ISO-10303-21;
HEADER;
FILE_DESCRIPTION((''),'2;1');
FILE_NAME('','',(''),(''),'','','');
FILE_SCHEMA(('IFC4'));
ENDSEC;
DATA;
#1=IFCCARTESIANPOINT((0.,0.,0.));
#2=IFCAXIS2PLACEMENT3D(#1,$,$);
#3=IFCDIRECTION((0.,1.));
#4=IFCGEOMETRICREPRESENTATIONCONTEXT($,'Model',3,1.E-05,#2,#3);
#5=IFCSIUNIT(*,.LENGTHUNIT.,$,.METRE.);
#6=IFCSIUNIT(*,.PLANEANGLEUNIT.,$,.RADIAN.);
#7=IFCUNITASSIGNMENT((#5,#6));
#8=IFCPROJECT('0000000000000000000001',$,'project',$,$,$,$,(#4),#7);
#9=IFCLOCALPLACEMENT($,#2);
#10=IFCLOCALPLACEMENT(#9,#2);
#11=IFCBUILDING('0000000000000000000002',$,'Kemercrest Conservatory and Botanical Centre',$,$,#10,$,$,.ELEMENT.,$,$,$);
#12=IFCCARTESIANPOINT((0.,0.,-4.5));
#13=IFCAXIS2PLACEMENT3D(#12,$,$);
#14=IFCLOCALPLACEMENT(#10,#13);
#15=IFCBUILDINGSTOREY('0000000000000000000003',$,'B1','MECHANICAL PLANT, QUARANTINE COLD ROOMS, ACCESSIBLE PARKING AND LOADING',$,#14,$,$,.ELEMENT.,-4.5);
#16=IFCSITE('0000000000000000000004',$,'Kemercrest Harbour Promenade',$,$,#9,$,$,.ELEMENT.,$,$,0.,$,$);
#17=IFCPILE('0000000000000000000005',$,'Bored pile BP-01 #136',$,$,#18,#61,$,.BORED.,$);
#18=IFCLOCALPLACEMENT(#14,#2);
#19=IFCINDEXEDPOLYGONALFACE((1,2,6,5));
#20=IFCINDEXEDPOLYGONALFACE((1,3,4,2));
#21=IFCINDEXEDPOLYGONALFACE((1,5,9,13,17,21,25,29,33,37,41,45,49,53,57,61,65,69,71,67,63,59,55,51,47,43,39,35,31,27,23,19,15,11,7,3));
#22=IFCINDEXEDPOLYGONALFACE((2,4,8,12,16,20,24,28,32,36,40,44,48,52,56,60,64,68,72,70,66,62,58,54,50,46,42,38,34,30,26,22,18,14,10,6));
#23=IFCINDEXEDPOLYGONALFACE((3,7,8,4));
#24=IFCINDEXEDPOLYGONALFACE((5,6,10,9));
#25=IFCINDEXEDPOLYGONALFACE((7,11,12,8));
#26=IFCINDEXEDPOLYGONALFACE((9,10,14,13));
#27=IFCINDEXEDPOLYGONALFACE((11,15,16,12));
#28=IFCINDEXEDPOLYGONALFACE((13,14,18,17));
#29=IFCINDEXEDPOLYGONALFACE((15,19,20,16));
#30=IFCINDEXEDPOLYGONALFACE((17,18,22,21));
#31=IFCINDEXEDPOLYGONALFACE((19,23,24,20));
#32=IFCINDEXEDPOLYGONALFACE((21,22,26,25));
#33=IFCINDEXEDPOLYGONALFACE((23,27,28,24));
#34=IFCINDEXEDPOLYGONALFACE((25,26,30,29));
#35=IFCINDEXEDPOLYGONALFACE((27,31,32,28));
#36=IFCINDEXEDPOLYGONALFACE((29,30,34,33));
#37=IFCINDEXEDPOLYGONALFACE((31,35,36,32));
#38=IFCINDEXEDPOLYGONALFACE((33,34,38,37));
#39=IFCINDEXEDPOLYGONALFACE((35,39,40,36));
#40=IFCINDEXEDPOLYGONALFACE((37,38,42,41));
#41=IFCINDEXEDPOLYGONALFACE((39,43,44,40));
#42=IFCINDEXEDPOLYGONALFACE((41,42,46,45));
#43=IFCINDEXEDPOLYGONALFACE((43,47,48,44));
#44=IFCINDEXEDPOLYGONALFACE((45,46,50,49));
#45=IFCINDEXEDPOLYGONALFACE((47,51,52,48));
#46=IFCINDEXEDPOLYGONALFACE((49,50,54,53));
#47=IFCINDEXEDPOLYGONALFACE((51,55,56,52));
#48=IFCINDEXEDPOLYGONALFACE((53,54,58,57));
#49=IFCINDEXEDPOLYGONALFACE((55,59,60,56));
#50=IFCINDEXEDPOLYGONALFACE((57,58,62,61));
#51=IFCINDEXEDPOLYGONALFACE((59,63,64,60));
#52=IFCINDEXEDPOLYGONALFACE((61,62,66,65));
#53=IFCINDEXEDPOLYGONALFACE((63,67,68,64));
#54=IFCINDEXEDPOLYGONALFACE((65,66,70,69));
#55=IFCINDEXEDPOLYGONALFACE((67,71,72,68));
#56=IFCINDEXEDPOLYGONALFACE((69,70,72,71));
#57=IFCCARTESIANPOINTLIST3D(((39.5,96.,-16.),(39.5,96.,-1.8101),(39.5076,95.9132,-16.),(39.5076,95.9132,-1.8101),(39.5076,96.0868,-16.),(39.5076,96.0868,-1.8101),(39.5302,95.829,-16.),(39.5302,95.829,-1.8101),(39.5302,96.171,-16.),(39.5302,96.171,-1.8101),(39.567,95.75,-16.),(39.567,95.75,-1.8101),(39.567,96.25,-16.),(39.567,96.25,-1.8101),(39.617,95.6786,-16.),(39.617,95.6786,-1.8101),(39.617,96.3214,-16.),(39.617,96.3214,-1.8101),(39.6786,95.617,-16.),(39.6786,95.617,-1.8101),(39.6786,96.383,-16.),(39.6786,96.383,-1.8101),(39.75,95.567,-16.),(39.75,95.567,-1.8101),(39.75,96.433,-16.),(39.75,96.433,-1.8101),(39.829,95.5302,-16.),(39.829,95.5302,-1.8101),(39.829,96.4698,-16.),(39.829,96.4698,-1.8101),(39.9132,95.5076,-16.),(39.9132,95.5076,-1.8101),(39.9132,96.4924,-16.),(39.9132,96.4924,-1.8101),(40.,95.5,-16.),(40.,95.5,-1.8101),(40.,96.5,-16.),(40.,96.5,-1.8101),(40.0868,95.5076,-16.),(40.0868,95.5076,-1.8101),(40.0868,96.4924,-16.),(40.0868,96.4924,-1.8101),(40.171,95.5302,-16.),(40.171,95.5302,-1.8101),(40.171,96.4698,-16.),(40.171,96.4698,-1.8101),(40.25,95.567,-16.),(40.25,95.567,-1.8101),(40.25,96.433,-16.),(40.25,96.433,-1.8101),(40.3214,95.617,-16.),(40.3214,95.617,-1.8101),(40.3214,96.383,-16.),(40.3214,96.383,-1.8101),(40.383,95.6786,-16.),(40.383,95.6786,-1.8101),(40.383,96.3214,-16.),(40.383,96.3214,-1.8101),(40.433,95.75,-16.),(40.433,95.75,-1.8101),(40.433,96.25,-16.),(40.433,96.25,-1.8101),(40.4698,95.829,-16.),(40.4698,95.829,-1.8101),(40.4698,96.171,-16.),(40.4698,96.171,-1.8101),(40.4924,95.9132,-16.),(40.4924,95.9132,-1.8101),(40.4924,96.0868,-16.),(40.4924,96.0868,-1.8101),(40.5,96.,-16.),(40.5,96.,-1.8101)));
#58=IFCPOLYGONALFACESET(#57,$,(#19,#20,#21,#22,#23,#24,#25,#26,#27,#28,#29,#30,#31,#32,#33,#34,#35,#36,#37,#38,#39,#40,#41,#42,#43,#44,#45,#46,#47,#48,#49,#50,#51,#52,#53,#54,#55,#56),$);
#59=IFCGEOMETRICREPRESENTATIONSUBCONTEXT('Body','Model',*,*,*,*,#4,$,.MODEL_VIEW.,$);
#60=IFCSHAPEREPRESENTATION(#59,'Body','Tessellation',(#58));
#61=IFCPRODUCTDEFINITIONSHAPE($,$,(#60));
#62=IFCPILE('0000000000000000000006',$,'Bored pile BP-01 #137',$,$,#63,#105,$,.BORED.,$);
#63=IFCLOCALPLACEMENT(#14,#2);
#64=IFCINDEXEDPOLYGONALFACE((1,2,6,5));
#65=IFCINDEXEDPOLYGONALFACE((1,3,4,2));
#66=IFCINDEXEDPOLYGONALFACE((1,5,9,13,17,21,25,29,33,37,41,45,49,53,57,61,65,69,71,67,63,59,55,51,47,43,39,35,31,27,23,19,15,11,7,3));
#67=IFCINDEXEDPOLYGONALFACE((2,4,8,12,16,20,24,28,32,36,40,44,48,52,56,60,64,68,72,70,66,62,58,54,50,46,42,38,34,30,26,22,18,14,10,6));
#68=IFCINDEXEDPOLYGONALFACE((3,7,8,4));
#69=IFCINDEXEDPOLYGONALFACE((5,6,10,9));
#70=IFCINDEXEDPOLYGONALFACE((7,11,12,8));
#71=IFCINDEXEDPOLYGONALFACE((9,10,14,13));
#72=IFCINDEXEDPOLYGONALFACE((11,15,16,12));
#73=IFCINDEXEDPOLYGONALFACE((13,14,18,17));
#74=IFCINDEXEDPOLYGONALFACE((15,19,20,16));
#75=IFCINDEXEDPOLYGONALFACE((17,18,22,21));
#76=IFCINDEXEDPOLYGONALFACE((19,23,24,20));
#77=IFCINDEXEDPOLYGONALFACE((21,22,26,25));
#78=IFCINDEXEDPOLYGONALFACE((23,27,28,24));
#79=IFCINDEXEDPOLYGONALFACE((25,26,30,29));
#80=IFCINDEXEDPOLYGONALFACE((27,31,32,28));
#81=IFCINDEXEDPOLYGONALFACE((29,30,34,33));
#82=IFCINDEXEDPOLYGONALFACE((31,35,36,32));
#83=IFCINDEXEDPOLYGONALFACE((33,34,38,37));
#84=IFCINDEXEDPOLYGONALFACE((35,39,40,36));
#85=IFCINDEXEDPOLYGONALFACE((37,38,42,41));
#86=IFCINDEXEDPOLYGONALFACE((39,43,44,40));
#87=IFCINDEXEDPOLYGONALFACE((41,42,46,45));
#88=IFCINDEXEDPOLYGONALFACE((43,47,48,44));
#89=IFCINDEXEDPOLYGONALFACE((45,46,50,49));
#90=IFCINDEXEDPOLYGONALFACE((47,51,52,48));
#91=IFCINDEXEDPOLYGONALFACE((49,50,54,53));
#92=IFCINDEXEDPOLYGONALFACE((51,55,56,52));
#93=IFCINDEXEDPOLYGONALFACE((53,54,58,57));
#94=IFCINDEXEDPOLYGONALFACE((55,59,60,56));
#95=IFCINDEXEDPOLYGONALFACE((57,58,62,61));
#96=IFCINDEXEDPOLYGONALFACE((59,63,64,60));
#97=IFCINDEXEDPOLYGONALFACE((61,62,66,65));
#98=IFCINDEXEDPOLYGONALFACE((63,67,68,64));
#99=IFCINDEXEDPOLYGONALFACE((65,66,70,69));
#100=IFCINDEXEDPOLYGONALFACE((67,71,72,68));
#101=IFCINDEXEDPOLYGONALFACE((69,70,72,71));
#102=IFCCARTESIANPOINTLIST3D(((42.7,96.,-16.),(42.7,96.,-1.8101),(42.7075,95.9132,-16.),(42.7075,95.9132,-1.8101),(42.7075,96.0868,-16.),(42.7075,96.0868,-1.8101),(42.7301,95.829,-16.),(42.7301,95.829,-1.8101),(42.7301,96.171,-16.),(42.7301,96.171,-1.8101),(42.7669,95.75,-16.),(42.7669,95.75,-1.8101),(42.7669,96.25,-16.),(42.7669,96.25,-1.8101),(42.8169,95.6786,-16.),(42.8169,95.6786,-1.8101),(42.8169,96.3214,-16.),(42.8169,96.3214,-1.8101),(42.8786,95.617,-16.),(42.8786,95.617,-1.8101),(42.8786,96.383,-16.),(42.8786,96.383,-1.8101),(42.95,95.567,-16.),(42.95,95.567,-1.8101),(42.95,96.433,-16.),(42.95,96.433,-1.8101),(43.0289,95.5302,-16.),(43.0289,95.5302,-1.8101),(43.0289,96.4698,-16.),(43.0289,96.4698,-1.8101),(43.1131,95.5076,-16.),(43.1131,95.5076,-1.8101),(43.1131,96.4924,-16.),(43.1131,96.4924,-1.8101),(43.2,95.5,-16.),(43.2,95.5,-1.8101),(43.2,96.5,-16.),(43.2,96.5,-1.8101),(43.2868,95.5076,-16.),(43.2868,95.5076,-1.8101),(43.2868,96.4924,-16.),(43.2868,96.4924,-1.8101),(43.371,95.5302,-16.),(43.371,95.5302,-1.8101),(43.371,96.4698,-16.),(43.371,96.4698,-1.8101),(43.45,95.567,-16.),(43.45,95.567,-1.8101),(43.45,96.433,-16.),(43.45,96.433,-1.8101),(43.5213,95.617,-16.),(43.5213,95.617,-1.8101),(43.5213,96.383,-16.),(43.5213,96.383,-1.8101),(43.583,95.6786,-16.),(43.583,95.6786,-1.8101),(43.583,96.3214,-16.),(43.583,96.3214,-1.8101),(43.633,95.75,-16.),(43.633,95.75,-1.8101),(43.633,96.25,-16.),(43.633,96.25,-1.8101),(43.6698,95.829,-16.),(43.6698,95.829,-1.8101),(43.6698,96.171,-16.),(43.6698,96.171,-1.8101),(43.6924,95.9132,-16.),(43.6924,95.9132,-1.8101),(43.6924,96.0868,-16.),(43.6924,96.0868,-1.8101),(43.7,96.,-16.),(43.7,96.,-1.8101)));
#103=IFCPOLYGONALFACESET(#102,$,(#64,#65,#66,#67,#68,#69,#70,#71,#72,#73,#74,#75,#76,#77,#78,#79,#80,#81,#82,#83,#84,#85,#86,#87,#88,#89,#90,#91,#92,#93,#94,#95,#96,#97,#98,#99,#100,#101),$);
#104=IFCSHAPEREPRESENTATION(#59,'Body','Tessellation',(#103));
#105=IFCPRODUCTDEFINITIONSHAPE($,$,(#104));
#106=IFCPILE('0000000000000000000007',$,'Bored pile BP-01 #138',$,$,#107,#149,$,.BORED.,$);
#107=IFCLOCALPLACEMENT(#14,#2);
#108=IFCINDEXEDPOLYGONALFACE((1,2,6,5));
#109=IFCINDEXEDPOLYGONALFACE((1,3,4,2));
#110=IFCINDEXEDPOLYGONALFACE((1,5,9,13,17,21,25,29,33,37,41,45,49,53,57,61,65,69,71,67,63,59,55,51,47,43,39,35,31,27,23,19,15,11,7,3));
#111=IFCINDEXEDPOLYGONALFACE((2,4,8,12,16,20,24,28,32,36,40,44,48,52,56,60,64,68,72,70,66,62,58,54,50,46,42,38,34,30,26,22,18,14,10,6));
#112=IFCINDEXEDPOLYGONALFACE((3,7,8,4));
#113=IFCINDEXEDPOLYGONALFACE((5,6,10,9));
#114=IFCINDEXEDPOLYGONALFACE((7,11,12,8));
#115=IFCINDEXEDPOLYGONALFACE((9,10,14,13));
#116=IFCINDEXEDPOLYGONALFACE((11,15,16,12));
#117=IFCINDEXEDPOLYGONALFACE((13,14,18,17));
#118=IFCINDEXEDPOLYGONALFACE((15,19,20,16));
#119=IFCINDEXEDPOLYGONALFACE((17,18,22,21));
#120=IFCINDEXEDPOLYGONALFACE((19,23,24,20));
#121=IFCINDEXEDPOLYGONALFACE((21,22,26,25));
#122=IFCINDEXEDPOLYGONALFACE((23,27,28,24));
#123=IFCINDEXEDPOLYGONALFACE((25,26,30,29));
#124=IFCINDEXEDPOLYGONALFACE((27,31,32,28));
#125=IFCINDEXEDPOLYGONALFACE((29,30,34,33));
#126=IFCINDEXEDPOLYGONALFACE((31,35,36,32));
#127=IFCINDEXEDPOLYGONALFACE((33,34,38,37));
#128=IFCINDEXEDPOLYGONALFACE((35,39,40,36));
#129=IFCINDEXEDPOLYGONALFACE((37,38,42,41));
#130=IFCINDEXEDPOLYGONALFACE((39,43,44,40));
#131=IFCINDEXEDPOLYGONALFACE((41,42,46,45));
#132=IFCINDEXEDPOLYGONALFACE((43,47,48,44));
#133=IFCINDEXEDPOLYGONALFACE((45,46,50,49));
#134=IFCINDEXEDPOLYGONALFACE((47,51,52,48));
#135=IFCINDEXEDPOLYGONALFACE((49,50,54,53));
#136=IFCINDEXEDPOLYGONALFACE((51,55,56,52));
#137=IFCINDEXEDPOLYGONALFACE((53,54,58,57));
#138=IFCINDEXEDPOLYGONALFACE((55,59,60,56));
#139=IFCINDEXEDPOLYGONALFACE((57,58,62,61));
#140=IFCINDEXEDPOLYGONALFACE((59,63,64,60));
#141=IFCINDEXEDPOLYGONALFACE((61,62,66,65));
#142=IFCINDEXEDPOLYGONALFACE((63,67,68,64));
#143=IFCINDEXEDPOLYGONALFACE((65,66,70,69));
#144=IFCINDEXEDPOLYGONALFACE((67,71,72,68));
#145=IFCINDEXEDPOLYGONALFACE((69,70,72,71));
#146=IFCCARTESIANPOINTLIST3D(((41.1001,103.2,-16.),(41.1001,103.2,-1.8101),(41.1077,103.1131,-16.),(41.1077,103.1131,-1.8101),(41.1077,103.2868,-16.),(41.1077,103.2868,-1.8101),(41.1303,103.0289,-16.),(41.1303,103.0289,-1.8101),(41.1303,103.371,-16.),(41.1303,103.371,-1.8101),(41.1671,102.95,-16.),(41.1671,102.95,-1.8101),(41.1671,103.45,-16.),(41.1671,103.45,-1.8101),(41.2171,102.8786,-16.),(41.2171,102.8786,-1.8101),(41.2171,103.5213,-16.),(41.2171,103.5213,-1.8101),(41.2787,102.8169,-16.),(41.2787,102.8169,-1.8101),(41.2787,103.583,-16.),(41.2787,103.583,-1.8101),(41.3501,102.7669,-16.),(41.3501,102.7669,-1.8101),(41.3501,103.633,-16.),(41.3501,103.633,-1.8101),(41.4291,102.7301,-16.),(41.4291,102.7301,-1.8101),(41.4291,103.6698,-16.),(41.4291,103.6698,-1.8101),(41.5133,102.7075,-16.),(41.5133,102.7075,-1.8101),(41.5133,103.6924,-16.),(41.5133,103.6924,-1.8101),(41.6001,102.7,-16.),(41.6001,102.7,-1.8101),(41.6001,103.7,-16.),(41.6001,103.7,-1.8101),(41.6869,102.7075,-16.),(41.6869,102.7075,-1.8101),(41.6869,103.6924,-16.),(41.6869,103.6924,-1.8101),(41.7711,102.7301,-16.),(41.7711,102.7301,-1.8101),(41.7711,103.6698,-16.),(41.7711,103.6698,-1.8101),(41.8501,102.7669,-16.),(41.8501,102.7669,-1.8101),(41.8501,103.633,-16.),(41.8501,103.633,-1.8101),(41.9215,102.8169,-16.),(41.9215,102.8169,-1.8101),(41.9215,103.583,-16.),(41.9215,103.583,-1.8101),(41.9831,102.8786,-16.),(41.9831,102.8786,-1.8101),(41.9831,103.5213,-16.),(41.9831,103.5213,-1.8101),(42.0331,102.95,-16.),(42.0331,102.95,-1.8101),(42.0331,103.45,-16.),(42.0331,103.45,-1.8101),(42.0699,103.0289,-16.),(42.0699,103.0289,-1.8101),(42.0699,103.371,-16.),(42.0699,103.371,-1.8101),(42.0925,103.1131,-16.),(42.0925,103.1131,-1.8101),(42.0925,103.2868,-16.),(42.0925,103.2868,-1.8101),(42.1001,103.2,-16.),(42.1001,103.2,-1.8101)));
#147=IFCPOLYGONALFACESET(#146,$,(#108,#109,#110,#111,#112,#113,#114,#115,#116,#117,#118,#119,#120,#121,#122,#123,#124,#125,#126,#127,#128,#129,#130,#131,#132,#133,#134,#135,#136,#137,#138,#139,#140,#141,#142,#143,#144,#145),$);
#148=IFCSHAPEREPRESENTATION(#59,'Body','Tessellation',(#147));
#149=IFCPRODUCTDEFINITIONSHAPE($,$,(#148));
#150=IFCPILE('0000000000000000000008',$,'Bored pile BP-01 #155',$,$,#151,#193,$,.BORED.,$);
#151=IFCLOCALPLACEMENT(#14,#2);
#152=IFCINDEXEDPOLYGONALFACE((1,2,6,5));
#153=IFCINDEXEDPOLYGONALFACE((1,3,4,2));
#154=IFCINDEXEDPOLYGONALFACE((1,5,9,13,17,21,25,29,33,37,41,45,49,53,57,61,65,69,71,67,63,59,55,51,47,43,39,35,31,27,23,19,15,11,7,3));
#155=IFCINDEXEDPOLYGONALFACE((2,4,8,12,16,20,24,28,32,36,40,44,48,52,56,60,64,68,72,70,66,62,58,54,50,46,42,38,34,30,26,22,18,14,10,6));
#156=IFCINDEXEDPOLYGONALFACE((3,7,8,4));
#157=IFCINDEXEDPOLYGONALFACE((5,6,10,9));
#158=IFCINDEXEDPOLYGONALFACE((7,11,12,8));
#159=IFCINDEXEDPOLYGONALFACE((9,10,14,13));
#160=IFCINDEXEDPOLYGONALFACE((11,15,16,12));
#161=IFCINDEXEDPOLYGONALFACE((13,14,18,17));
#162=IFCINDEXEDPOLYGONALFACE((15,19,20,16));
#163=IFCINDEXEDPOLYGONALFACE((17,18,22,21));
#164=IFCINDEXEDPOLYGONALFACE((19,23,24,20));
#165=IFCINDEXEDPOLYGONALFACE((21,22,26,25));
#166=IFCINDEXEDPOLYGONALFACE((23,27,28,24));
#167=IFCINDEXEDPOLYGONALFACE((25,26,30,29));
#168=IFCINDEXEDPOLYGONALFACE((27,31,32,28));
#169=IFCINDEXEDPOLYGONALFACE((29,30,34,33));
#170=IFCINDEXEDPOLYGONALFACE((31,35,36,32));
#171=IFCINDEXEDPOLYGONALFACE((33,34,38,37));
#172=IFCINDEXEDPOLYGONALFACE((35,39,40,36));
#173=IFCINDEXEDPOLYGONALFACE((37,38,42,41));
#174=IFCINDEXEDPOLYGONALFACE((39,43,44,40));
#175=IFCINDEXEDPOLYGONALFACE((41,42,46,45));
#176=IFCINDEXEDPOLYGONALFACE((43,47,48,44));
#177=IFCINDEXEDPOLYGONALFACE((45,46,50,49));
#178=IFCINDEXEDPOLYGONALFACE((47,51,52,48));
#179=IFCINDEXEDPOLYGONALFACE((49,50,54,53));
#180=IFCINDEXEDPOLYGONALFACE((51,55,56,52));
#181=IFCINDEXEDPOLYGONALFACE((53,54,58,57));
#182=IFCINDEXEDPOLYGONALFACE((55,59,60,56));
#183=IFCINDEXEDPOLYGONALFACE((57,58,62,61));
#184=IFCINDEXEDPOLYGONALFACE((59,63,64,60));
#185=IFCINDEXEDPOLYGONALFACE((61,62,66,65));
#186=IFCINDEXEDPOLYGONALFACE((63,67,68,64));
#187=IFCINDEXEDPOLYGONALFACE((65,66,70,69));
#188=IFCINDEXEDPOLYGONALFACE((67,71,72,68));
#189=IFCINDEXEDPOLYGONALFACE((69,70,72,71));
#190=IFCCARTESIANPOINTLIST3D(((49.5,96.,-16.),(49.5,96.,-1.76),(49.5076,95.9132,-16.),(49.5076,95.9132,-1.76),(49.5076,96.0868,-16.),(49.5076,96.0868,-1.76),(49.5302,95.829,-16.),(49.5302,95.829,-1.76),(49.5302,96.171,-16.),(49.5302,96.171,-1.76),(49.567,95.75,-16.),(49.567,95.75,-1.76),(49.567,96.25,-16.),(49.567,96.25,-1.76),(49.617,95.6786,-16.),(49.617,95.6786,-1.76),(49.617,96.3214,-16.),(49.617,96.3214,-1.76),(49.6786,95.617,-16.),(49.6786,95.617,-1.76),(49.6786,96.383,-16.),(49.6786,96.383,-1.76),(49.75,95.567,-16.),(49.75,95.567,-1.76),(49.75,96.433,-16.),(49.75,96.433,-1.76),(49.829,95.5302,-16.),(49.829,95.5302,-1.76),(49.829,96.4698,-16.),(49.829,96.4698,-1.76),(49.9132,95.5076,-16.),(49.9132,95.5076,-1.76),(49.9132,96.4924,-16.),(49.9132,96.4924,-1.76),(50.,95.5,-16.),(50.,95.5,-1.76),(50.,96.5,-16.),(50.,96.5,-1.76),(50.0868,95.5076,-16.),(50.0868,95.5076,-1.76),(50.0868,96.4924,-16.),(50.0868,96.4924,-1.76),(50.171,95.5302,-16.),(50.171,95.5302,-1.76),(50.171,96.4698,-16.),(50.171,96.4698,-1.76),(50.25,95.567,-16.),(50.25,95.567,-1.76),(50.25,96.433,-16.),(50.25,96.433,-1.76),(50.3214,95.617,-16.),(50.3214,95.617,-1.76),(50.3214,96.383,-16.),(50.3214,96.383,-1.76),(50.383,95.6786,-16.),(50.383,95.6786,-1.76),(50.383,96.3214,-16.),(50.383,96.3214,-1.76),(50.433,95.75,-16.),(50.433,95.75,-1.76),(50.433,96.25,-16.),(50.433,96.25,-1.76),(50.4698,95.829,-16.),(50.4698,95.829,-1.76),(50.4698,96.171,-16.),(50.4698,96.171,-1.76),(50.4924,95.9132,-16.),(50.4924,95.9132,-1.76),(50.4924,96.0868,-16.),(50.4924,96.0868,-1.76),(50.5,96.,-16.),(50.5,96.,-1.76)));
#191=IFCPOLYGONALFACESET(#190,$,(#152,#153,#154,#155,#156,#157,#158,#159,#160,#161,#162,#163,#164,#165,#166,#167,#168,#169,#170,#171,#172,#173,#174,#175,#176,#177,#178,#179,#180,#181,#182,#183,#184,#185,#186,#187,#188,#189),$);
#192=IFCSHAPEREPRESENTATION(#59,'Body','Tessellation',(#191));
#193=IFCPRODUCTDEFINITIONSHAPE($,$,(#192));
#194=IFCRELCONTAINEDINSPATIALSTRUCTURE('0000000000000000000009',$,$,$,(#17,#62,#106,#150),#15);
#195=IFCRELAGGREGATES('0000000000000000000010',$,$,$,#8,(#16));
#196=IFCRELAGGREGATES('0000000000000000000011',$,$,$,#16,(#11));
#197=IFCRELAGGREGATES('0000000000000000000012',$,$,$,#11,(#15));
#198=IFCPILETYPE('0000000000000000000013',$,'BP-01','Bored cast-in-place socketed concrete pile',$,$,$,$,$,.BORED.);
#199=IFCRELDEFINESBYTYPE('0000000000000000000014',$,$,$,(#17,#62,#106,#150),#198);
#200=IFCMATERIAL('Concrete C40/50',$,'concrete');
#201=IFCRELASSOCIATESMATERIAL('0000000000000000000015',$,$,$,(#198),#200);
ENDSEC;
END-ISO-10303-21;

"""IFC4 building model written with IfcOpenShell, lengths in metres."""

from ifc_helpers import new_model, si_unit, direction, frame, origin, origin_2d, place, context, subcontext, project, spatial, circle, extrude, material, material_profile, profile_set, type_object, element, save


model = new_model("IFC4")

# Units and contexts
model_context = context("Model", 3, precision=1e-05, world=origin(), true_north=direction((0.0, 1.0)))
body_context = subcontext(model_context, "Body", "Model", "MODEL_VIEW")
ifc_project = project(units=[si_unit("LENGTHUNIT", "METRE"), si_unit("PLANEANGLEUNIT", "RADIAN")], contexts=[model_context])

# Site, building, storey
site_placement = place(None, origin())
site = spatial("IfcSite", under=ifc_project, at=site_placement, Name="Kemercrest Harbour Promenade", CompositionType="ELEMENT", RefElevation=0.0)
building_placement = place(site_placement, origin())
building = spatial("IfcBuilding", under=site, at=building_placement, Name="Kemercrest Conservatory and Botanical Centre", CompositionType="ELEMENT")
storey_placement = place(building_placement, frame((0.0, 0.0, -4.5)))
storey = spatial("IfcBuildingStorey", under=building, at=storey_placement, Name="B1", Description="MECHANICAL PLANT, QUARANTINE COLD ROOMS, ACCESSIBLE PARKING AND LOADING", CompositionType="ELEMENT", Elevation=-4.5)

# Piles
ifc_material_1 = material(Name="Concrete C40/50", Category="concrete")
ifc_material_profile_1 = material_profile(ifc_material_1, circle(Radius=0.5, at=origin_2d()), Name="BORED PILE 1000")
ifc_profile_set_1 = profile_set([ifc_material_profile_1], Name="Concrete C40/50")
pile_type = type_object("IfcPileType", Name="BP-01", Description="Bored cast-in-place socketed concrete pile", PredefinedType="BORED", material=ifc_profile_set_1)
for number, where, z_axis, x_axis, name in (
    (1, (40.0, 96.0, -1.8101), (0.0, 0.0, -1.0), (1.0, 0.0, 0.0), "Bored pile BP-01 #136"),
    (2, (43.2, 96.0, -1.8101), (0.0, 0.0, -1.0), (1.0, 0.0, 0.0), "Bored pile BP-01 #137"),
    (3, (41.6001, 103.2, -1.8101), (0.0, 0.0, -1.0), (1.0, 0.0, 0.0), "Bored pile BP-01 #138"),
):
    element("IfcPile", number, at=place(storey_placement, frame(where, z_axis=z_axis, x_axis=x_axis)), inside=storey, type_object=pile_type, Name=name, PredefinedType="BORED", context=body_context, shape_type="SweptSolid", body=[
        extrude(circle(Radius=0.5, at=origin_2d()), origin(), (0.0, 0.0, 1.0), 14.1899),
    ])
pile_placement = place(storey_placement, frame((50.0, 96.0, -1.76), z_axis=(0.0, 0.0, -1.0), x_axis=(1.0, 0.0, 0.0)))
element("IfcPile", 4, at=pile_placement, inside=storey, type_object=pile_type, Name="Bored pile BP-01 #155", PredefinedType="BORED", context=body_context, shape_type="SweptSolid", body=[
    extrude(circle(Radius=0.5, at=origin_2d()), origin(), (0.0, 0.0, 1.0), 14.24),
])

save(model, "model.ifc")
